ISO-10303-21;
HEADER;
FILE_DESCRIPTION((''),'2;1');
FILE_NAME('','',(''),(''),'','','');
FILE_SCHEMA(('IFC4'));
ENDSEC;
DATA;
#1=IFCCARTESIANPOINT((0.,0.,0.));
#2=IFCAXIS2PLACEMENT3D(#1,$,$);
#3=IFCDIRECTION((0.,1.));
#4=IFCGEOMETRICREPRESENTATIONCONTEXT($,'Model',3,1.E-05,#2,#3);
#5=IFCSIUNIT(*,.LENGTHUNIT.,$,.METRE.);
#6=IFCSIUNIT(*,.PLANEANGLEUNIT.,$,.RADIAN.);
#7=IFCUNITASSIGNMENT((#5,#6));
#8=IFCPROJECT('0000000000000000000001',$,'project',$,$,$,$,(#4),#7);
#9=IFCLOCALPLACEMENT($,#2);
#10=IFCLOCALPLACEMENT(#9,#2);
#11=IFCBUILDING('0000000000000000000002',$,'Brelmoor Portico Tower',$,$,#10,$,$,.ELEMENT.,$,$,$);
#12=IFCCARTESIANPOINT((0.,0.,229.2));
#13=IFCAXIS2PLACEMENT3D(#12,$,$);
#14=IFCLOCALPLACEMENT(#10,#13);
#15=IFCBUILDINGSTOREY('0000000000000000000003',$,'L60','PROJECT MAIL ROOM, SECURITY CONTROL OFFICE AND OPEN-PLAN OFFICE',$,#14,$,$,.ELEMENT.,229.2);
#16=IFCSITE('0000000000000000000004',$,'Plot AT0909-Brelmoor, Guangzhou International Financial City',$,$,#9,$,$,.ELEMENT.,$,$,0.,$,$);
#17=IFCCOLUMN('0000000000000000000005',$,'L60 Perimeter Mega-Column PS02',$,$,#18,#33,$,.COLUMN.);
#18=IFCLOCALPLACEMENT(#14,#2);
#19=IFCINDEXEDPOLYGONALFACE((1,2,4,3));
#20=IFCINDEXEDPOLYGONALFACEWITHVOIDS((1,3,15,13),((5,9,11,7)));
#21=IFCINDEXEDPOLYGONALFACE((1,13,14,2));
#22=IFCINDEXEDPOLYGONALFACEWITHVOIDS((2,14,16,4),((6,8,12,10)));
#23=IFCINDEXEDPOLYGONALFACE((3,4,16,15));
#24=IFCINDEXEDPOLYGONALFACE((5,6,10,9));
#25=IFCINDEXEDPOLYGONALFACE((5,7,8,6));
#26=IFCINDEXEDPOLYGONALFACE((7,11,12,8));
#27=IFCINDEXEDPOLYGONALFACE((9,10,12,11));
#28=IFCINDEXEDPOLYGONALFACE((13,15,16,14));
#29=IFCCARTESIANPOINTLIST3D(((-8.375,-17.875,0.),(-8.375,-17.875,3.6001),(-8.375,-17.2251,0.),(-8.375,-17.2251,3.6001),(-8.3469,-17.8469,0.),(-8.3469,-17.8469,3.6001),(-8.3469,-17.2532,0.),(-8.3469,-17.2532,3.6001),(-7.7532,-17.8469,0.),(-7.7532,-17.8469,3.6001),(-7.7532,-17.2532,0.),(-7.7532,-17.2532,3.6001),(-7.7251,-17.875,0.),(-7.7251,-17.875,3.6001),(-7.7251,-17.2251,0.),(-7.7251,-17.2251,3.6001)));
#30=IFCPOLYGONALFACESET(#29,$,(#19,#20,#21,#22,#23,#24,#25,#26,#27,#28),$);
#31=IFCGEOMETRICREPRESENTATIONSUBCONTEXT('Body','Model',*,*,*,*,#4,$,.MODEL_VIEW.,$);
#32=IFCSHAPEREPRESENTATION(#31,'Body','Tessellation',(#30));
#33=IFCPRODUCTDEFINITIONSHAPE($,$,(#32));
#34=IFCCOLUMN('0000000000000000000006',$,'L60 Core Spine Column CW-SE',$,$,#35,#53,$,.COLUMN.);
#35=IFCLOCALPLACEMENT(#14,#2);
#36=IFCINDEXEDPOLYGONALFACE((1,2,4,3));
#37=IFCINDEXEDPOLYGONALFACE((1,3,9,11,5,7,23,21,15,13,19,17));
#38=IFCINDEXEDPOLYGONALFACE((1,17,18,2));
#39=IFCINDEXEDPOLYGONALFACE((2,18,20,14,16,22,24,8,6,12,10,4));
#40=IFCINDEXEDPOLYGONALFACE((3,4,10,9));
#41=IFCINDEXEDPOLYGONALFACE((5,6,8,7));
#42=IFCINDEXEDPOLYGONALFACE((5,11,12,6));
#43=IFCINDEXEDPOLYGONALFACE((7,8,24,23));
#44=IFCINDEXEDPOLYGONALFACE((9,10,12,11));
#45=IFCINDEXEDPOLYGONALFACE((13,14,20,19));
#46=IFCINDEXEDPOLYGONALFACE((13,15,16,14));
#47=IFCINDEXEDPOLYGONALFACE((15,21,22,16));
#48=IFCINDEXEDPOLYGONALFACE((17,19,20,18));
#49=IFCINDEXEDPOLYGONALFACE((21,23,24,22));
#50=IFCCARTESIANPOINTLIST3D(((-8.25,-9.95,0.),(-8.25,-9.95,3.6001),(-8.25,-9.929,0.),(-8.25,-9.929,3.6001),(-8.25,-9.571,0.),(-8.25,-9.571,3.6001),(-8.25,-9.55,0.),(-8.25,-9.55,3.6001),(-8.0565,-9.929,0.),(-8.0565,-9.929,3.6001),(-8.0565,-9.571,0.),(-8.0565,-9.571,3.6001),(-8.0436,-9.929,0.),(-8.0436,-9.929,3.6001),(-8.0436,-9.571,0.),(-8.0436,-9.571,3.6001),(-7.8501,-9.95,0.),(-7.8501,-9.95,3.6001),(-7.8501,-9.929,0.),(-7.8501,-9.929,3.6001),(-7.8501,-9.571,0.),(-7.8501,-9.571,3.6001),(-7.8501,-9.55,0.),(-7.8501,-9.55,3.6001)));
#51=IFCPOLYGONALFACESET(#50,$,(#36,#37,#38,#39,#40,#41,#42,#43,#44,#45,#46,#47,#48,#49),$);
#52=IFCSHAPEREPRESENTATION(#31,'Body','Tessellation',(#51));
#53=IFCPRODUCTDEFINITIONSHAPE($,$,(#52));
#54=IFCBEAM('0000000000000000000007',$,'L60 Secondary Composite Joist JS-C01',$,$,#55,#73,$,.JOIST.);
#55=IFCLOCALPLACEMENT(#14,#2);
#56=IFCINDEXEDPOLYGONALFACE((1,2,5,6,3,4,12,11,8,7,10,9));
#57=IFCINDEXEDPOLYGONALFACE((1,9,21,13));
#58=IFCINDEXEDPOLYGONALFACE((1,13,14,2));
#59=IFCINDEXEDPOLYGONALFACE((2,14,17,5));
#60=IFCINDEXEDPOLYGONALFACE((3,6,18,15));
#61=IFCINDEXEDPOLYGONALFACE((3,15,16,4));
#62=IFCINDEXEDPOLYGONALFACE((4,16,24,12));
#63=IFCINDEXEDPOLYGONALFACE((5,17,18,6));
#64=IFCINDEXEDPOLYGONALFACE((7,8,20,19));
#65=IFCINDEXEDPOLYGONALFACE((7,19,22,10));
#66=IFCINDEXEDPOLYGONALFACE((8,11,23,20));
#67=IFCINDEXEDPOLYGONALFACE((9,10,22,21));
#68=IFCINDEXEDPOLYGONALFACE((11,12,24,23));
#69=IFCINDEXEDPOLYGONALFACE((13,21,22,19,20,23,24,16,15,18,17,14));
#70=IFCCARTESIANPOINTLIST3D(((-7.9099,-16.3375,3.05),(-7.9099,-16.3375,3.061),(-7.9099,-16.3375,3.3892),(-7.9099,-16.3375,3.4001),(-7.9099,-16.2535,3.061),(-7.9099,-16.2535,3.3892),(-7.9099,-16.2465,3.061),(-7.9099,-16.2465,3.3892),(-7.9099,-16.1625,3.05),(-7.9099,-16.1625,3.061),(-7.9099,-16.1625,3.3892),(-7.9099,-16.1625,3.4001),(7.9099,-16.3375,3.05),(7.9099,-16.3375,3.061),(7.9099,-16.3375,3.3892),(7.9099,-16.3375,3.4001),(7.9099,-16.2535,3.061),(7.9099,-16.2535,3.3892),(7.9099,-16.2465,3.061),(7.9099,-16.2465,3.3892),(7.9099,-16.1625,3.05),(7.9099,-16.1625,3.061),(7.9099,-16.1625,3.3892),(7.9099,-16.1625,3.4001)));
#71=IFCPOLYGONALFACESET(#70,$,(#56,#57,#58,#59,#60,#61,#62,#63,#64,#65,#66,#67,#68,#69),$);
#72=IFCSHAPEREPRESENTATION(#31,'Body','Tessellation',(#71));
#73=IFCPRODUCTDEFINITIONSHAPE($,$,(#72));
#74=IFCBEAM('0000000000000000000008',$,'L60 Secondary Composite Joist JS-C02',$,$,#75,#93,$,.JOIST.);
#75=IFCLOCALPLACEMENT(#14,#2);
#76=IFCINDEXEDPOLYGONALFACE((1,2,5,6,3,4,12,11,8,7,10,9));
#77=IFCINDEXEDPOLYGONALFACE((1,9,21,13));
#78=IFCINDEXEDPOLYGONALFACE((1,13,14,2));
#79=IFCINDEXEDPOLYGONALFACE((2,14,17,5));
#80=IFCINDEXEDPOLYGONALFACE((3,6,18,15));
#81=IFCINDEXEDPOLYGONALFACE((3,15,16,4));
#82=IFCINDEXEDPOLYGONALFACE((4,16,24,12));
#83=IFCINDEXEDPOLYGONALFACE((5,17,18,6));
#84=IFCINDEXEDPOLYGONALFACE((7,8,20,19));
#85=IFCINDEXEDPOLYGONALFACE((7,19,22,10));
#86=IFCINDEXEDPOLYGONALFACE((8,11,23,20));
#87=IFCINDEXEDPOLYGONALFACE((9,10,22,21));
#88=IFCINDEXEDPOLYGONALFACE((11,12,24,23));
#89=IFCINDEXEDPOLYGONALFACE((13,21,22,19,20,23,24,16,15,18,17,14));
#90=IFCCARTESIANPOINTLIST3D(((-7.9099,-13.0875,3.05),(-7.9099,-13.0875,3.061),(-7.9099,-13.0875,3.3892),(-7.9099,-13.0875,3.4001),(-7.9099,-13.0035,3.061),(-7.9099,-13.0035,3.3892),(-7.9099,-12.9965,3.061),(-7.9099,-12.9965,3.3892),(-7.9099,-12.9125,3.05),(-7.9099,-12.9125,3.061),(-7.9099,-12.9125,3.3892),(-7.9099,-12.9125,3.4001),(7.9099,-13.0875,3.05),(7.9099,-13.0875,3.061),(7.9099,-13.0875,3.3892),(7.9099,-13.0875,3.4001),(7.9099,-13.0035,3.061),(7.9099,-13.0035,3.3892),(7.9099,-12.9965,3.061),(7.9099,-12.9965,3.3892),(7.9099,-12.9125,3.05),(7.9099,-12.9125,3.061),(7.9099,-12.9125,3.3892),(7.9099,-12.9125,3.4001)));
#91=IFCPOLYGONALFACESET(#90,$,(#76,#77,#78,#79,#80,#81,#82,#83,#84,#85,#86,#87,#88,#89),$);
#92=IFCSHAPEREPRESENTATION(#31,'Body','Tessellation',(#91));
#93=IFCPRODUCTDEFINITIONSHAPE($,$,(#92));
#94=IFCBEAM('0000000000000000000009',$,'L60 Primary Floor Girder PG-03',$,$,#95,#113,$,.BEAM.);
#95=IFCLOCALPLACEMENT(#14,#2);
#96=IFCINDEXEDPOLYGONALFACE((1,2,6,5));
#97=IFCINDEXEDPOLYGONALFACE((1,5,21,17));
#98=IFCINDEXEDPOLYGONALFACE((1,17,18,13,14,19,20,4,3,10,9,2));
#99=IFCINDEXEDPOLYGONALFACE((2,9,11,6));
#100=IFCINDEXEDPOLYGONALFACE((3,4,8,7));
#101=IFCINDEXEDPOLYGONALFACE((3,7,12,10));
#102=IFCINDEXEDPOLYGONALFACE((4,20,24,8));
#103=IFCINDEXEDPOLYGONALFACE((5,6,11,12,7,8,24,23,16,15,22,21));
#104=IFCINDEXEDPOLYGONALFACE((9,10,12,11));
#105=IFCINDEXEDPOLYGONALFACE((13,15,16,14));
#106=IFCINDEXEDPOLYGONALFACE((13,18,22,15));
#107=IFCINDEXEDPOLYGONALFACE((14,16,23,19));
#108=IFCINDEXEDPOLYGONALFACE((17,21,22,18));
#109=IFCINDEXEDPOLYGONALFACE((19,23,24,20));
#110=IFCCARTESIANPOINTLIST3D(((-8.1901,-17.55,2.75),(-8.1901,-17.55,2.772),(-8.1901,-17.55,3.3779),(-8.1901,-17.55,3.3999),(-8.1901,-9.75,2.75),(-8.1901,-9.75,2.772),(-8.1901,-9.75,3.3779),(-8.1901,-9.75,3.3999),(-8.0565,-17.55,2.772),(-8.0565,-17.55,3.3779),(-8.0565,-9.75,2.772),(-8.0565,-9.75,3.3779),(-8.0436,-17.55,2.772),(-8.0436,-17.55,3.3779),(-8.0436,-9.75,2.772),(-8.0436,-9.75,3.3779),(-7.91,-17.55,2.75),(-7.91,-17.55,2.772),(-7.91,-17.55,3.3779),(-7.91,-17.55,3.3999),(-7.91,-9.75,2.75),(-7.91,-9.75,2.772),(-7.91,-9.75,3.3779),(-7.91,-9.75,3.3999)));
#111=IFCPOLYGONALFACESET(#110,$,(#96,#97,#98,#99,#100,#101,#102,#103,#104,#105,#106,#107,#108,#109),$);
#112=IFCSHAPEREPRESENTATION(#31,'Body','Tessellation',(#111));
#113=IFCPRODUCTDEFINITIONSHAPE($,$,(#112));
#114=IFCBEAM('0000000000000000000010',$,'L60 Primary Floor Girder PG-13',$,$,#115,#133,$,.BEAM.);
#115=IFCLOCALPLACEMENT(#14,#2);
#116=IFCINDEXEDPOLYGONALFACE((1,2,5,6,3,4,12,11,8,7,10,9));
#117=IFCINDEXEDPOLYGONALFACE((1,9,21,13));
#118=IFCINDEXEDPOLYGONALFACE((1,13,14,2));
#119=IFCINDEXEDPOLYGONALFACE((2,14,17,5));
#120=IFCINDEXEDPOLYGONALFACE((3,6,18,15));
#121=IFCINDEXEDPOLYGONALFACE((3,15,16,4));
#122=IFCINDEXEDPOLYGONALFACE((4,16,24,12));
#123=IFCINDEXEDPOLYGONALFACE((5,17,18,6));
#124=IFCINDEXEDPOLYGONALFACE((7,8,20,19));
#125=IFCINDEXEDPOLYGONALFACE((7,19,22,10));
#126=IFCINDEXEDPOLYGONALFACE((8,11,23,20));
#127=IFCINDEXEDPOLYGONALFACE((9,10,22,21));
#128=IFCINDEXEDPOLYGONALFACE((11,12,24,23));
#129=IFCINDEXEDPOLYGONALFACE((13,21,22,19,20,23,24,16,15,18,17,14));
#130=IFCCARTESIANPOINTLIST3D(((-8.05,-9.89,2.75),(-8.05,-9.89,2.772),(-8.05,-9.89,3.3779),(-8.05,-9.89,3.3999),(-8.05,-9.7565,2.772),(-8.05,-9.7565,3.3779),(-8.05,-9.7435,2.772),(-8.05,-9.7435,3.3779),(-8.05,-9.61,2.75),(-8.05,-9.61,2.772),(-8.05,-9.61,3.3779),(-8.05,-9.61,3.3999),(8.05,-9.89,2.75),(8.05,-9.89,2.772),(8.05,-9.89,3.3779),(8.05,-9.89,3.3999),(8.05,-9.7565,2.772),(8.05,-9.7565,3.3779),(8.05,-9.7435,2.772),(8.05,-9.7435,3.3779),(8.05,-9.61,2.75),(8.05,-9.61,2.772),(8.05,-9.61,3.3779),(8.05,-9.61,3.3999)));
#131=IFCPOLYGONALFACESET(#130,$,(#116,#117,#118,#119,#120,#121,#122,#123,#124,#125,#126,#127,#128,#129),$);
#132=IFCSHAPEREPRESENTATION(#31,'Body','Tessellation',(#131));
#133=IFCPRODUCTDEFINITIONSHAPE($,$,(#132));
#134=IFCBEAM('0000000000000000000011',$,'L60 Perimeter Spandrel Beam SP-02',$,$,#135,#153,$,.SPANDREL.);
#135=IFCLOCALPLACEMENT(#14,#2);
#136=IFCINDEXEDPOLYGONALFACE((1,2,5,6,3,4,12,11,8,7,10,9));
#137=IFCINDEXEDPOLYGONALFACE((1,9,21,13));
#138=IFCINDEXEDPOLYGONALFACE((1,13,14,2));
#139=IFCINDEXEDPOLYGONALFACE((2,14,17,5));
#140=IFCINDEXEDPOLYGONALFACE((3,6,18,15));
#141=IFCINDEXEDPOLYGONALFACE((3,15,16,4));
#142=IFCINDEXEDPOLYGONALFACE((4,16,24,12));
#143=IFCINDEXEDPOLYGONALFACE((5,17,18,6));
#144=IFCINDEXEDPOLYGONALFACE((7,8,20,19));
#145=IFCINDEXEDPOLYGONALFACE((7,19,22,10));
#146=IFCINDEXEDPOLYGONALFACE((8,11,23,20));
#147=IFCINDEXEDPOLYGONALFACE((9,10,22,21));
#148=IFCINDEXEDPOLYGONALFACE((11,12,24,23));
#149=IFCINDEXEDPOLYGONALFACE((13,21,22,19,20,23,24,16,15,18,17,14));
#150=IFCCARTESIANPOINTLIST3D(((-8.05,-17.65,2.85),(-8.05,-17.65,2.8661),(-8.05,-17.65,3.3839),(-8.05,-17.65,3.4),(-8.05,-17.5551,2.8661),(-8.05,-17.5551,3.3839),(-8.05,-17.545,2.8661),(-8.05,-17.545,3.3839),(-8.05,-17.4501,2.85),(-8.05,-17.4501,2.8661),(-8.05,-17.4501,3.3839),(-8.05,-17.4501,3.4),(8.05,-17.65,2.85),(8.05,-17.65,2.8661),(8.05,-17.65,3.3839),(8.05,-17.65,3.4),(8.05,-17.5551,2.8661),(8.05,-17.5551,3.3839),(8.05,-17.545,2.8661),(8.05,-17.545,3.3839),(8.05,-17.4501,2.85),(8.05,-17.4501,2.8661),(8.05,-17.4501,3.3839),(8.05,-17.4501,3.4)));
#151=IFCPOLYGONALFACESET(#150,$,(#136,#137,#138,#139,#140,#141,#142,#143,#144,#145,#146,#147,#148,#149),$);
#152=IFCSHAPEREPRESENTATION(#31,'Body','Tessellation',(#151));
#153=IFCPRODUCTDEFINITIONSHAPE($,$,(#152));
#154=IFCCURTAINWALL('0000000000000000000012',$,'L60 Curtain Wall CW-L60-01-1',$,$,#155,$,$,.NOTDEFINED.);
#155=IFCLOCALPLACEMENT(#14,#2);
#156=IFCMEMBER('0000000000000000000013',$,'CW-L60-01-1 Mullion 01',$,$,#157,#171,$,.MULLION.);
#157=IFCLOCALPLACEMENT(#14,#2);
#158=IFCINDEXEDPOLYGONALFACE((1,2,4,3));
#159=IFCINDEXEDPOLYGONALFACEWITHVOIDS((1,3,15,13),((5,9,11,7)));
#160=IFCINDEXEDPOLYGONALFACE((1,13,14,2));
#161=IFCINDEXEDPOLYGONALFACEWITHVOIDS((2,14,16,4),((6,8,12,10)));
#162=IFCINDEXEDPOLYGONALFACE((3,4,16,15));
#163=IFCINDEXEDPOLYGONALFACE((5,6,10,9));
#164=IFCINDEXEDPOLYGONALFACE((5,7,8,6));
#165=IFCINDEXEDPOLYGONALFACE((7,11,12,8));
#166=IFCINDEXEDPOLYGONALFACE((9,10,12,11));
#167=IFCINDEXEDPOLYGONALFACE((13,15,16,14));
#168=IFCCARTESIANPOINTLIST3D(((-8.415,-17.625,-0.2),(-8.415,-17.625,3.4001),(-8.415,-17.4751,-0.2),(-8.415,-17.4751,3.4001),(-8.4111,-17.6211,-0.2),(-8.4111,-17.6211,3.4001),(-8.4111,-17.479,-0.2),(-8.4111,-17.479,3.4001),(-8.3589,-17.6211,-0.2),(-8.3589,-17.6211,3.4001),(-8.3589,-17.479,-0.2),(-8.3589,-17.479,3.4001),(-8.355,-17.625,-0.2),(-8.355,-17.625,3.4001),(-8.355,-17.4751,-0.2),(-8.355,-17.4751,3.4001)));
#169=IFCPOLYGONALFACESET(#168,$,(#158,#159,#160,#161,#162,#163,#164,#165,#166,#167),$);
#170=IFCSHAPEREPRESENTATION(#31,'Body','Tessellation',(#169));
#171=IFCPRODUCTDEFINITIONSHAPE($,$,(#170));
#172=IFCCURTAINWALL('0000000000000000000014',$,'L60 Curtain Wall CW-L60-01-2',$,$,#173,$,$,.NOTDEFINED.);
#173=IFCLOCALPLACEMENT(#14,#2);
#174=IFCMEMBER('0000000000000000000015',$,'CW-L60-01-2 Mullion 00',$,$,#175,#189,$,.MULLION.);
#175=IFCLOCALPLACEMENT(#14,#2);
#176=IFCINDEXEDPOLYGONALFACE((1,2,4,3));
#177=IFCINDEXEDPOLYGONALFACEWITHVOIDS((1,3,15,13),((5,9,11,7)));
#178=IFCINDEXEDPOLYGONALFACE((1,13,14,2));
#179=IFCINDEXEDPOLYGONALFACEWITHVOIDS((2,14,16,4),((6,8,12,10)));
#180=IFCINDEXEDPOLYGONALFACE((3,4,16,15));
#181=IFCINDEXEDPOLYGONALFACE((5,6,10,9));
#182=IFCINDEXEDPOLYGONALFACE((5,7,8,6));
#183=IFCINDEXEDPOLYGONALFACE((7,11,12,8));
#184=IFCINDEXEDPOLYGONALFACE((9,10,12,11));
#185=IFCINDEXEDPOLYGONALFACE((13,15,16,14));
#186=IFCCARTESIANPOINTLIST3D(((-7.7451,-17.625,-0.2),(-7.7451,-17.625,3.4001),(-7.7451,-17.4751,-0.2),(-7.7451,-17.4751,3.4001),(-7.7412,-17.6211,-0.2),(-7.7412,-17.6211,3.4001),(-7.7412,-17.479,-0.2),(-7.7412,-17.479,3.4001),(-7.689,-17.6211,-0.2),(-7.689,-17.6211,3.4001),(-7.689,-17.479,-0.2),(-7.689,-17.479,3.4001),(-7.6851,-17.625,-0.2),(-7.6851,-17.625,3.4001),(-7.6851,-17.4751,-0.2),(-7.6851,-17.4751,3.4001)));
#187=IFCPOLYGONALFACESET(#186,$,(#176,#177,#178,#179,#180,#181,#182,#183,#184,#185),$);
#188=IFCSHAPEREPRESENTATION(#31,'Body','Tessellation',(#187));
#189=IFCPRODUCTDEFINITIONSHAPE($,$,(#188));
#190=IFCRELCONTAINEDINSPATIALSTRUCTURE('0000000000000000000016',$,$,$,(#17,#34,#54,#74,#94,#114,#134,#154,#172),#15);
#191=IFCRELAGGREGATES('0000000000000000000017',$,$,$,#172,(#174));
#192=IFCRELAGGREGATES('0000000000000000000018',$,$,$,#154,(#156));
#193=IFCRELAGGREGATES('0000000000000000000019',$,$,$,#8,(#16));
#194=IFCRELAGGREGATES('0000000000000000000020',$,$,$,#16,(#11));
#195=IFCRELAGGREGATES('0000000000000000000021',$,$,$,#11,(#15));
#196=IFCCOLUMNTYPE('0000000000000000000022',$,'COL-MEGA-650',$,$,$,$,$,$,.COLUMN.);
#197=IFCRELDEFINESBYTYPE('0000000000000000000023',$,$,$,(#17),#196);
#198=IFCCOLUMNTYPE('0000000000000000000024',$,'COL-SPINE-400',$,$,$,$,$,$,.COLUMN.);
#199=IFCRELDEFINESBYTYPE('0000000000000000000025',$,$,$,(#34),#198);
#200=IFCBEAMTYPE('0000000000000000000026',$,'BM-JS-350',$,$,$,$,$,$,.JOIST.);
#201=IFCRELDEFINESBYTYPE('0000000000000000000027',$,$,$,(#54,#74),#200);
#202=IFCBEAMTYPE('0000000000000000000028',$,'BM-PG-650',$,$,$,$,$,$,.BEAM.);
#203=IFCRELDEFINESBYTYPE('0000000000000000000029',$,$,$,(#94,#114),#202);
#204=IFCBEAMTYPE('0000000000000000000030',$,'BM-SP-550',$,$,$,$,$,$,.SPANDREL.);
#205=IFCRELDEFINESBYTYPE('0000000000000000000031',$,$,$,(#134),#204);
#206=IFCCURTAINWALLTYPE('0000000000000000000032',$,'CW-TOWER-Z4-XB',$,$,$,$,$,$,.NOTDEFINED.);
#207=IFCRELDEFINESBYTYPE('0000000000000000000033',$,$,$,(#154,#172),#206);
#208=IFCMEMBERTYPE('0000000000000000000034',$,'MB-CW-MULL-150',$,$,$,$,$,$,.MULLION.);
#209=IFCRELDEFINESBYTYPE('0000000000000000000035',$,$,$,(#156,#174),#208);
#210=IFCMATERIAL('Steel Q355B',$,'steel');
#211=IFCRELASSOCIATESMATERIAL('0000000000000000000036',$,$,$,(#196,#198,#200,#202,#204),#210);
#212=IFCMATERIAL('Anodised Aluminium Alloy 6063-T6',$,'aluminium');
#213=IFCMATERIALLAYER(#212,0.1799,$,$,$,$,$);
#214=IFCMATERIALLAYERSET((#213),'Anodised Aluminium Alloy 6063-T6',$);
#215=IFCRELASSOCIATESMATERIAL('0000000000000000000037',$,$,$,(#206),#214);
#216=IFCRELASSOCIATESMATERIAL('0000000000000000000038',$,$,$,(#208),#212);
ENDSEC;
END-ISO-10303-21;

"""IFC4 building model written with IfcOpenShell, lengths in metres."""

from ifc_helpers import new_model, si_unit, direction, frame, origin, origin_2d, place, context, subcontext, project, spatial, hollow_rectangle, i_section, extrude, material, layer, layer_set, material_profile, profile_set, type_object, element, aggregate, save


model = new_model("IFC4")

# Units and contexts
model_context = context("Model", 3, precision=1e-05, world=origin(), true_north=direction((0.0, 1.0)))
body_context = subcontext(model_context, "Body", "Model", "MODEL_VIEW")
ifc_project = project(units=[si_unit("LENGTHUNIT", "METRE"), si_unit("PLANEANGLEUNIT", "RADIAN")], contexts=[model_context])

# Site, building, storey
site_placement = place(None, origin())
site = spatial("IfcSite", under=ifc_project, at=site_placement, Name="Plot AT0909-Brelmoor, Guangzhou International Financial City", CompositionType="ELEMENT", RefElevation=0.0)
building_placement = place(site_placement, origin())
building = spatial("IfcBuilding", under=site, at=building_placement, Name="Brelmoor Portico Tower", CompositionType="ELEMENT")
storey_placement = place(building_placement, frame((0.0, 0.0, 229.2)))
storey = spatial("IfcBuildingStorey", under=building, at=storey_placement, Name="L60", Description="PROJECT MAIL ROOM, SECURITY CONTROL OFFICE AND OPEN-PLAN OFFICE", CompositionType="ELEMENT", Elevation=229.2)

# Columns
ifc_material_1 = material(Name="Steel Q355B", Category="steel")
ifc_material_profile_1 = material_profile(ifc_material_1, hollow_rectangle(XDim=0.6499, YDim=0.6499, WallThickness=0.0281, at=origin_2d()), Name="BOX 650x650x28")
ifc_profile_set_1 = profile_set([ifc_material_profile_1], Name="Steel Q355B")
column_type_1 = type_object("IfcColumnType", Name="COL-MEGA-650", PredefinedType="COLUMN", material=ifc_profile_set_1)
column_1_placement = place(storey_placement, frame((-8.05, -17.55, 0.0), z_axis=(0.0, 0.0, 1.0), x_axis=(1.0, 0.0, 0.0)))
element("IfcColumn", 1, at=column_1_placement, inside=storey, type_object=column_type_1, Name="L60 Perimeter Mega-Column PS02", PredefinedType="COLUMN", context=body_context, shape_type="SweptSolid", body=[
    extrude(hollow_rectangle(XDim=0.6499, YDim=0.6499, WallThickness=0.0281, at=origin_2d()), origin(), (0.0, 0.0, 1.0), 3.6001),
])
ifc_material_profile_2 = material_profile(ifc_material_1, i_section(OverallWidth=0.3999, OverallDepth=0.3999, WebThickness=0.0129, FlangeThickness=0.021, at=origin_2d()), Name="HW 400x400x13x21")
ifc_profile_set_2 = profile_set([ifc_material_profile_2], Name="Steel Q355B")
column_type_2 = type_object("IfcColumnType", Name="COL-SPINE-400", PredefinedType="COLUMN", material=ifc_profile_set_2)
column_2_placement = place(storey_placement, frame((-8.05, -9.75, 0.0), z_axis=(0.0, 0.0, 1.0), x_axis=(1.0, 0.0, 0.0)))
element("IfcColumn", 2, at=column_2_placement, inside=storey, type_object=column_type_2, Name="L60 Core Spine Column CW-SE", PredefinedType="COLUMN", context=body_context, shape_type="SweptSolid", body=[
    extrude(i_section(OverallWidth=0.3999, OverallDepth=0.3999, WebThickness=0.0129, FlangeThickness=0.021, at=origin_2d()), origin(), (0.0, 0.0, 1.0), 3.6001),
])

# Beams
ifc_material_profile_3 = material_profile(ifc_material_1, i_section(OverallWidth=0.175, OverallDepth=0.3501, WebThickness=0.0071, FlangeThickness=0.011, at=origin_2d()), Name="HN 350x175x7x11")
ifc_profile_set_3 = profile_set([ifc_material_profile_3], Name="Steel Q355B")
beam_type_1 = type_object("IfcBeamType", Name="BM-JS-350", PredefinedType="JOIST", material=ifc_profile_set_3)
for number, where, z_axis, x_axis, name in (
    (3, (-7.9099, -16.25, 3.2251), (1.0, 0.0, 0.0), (0.0, 1.0, 0.0), "L60 Secondary Composite Joist JS-C01"),
    (4, (-7.9099, -13.0, 3.2251), (1.0, 0.0, 0.0), (0.0, 1.0, 0.0), "L60 Secondary Composite Joist JS-C02"),
):
    element("IfcBeam", number, at=place(storey_placement, frame(where, z_axis=z_axis, x_axis=x_axis)), inside=storey, type_object=beam_type_1, Name=name, PredefinedType="JOIST", context=body_context, shape_type="SweptSolid", body=[
        extrude(i_section(OverallWidth=0.175, OverallDepth=0.3501, WebThickness=0.0071, FlangeThickness=0.011, at=origin_2d()), origin(), (0.0, 0.0, 1.0), 15.8198),
    ])
ifc_material_profile_4 = material_profile(ifc_material_1, i_section(OverallWidth=0.28, OverallDepth=0.6499, WebThickness=0.0129, FlangeThickness=0.022, at=origin_2d()), Name="HN 650x280x13x22")
ifc_profile_set_4 = profile_set([ifc_material_profile_4], Name="Steel Q355B")
beam_type_2 = type_object("IfcBeamType", Name="BM-PG-650", PredefinedType="BEAM", material=ifc_profile_set_4)
beam_1_placement = place(storey_placement, frame((-8.05, -17.55, 3.075), z_axis=(0.0, 1.0, 0.0), x_axis=(-1.0, 0.0, 0.0)))
element("IfcBeam", 5, at=beam_1_placement, inside=storey, type_object=beam_type_2, Name="L60 Primary Floor Girder PG-03", PredefinedType="BEAM", context=body_context, shape_type="SweptSolid", body=[
    extrude(i_section(OverallWidth=0.28, OverallDepth=0.6499, WebThickness=0.0129, FlangeThickness=0.022, at=origin_2d()), origin(), (0.0, 0.0, 1.0), 7.8),
])
beam_2_placement = place(storey_placement, frame((-8.05, -9.75, 3.075), z_axis=(1.0, 0.0, 0.0), x_axis=(0.0, 1.0, 0.0)))
element("IfcBeam", 6, at=beam_2_placement, inside=storey, type_object=beam_type_2, Name="L60 Primary Floor Girder PG-13", PredefinedType="BEAM", context=body_context, shape_type="SweptSolid", body=[
    extrude(i_section(OverallWidth=0.28, OverallDepth=0.6499, WebThickness=0.0129, FlangeThickness=0.022, at=origin_2d()), origin(), (0.0, 0.0, 1.0), 16.1001),
])
ifc_material_profile_5 = material_profile(ifc_material_1, i_section(OverallWidth=0.2, OverallDepth=0.55, WebThickness=0.01, FlangeThickness=0.0161, at=origin_2d()), Name="HN 550x200x10x16")
ifc_profile_set_5 = profile_set([ifc_material_profile_5], Name="Steel Q355B")
beam_type_3 = type_object("IfcBeamType", Name="BM-SP-550", PredefinedType="SPANDREL", material=ifc_profile_set_5)
beam_3_placement = place(storey_placement, frame((-8.05, -17.55, 3.125), z_axis=(1.0, 0.0, 0.0), x_axis=(0.0, 1.0, 0.0)))
element("IfcBeam", 7, at=beam_3_placement, inside=storey, type_object=beam_type_3, Name="L60 Perimeter Spandrel Beam SP-02", PredefinedType="SPANDREL", context=body_context, shape_type="SweptSolid", body=[
    extrude(i_section(OverallWidth=0.2, OverallDepth=0.55, WebThickness=0.01, FlangeThickness=0.0161, at=origin_2d()), origin(), (0.0, 0.0, 1.0), 16.1001),
])

# Curtain wall, member
ifc_material_2 = material(Name="Anodised Aluminium Alloy 6063-T6", Category="aluminium")
ifc_layer_1 = layer(ifc_material_2, 0.1799)
ifc_layer_set_1 = layer_set([ifc_layer_1], Name="Anodised Aluminium Alloy 6063-T6")
curtain_wall_type = type_object("IfcCurtainWallType", Name="CW-TOWER-Z4-XB", PredefinedType="NOTDEFINED", material=ifc_layer_set_1)
curtain_wall_1_placement = place(storey_placement, origin())
curtain_wall_1 = element("IfcCurtainWall", 8, at=curtain_wall_1_placement, inside=storey, type_object=curtain_wall_type, Name="L60 Curtain Wall CW-L60-01-1", PredefinedType="NOTDEFINED")
ifc_material_profile_6 = material_profile(ifc_material_2, hollow_rectangle(XDim=0.0601, YDim=0.1499, WallThickness=0.0039, at=origin_2d()), Name="ALU MULLION 60x150")
ifc_profile_set_6 = profile_set([ifc_material_profile_6], Name="Anodised Aluminium Alloy 6063-T6")
member_type_1 = type_object("IfcMemberType", Name="MB-CW-MULL-150", PredefinedType="MULLION", material=ifc_profile_set_6)
member_1_placement = place(storey_placement, frame((-8.385, -17.55, -0.2), z_axis=(0.0, 0.0, 1.0), x_axis=(1.0, 0.0, 0.0)))
member_1 = element("IfcMember", 9, at=member_1_placement, type_object=member_type_1, Name="CW-L60-01-1 Mullion 01", PredefinedType="MULLION", context=body_context, shape_type="SweptSolid", body=[
    extrude(hollow_rectangle(XDim=0.0601, YDim=0.1499, WallThickness=0.0039, at=origin_2d()), origin(), (0.0, 0.0, 1.0), 3.6001),
])

# Curtain wall, member
curtain_wall_2_placement = place(storey_placement, origin())
curtain_wall_2 = element("IfcCurtainWall", 10, at=curtain_wall_2_placement, inside=storey, type_object=curtain_wall_type, Name="L60 Curtain Wall CW-L60-01-2", PredefinedType="NOTDEFINED")
member_2_placement = place(storey_placement, frame((-7.7151, -17.55, -0.2), z_axis=(0.0, 0.0, 1.0), x_axis=(1.0, 0.0, 0.0)))
member_2 = element("IfcMember", 11, at=member_2_placement, type_object=member_type_1, Name="CW-L60-01-2 Mullion 00", PredefinedType="MULLION", context=body_context, shape_type="SweptSolid", body=[
    extrude(hollow_rectangle(XDim=0.0601, YDim=0.1499, WallThickness=0.0039, at=origin_2d()), origin(), (0.0, 0.0, 1.0), 3.6001),
])
aggregate(curtain_wall_2, [member_2])

aggregate(curtain_wall_1, [member_1])

save(model, "model.ifc")
